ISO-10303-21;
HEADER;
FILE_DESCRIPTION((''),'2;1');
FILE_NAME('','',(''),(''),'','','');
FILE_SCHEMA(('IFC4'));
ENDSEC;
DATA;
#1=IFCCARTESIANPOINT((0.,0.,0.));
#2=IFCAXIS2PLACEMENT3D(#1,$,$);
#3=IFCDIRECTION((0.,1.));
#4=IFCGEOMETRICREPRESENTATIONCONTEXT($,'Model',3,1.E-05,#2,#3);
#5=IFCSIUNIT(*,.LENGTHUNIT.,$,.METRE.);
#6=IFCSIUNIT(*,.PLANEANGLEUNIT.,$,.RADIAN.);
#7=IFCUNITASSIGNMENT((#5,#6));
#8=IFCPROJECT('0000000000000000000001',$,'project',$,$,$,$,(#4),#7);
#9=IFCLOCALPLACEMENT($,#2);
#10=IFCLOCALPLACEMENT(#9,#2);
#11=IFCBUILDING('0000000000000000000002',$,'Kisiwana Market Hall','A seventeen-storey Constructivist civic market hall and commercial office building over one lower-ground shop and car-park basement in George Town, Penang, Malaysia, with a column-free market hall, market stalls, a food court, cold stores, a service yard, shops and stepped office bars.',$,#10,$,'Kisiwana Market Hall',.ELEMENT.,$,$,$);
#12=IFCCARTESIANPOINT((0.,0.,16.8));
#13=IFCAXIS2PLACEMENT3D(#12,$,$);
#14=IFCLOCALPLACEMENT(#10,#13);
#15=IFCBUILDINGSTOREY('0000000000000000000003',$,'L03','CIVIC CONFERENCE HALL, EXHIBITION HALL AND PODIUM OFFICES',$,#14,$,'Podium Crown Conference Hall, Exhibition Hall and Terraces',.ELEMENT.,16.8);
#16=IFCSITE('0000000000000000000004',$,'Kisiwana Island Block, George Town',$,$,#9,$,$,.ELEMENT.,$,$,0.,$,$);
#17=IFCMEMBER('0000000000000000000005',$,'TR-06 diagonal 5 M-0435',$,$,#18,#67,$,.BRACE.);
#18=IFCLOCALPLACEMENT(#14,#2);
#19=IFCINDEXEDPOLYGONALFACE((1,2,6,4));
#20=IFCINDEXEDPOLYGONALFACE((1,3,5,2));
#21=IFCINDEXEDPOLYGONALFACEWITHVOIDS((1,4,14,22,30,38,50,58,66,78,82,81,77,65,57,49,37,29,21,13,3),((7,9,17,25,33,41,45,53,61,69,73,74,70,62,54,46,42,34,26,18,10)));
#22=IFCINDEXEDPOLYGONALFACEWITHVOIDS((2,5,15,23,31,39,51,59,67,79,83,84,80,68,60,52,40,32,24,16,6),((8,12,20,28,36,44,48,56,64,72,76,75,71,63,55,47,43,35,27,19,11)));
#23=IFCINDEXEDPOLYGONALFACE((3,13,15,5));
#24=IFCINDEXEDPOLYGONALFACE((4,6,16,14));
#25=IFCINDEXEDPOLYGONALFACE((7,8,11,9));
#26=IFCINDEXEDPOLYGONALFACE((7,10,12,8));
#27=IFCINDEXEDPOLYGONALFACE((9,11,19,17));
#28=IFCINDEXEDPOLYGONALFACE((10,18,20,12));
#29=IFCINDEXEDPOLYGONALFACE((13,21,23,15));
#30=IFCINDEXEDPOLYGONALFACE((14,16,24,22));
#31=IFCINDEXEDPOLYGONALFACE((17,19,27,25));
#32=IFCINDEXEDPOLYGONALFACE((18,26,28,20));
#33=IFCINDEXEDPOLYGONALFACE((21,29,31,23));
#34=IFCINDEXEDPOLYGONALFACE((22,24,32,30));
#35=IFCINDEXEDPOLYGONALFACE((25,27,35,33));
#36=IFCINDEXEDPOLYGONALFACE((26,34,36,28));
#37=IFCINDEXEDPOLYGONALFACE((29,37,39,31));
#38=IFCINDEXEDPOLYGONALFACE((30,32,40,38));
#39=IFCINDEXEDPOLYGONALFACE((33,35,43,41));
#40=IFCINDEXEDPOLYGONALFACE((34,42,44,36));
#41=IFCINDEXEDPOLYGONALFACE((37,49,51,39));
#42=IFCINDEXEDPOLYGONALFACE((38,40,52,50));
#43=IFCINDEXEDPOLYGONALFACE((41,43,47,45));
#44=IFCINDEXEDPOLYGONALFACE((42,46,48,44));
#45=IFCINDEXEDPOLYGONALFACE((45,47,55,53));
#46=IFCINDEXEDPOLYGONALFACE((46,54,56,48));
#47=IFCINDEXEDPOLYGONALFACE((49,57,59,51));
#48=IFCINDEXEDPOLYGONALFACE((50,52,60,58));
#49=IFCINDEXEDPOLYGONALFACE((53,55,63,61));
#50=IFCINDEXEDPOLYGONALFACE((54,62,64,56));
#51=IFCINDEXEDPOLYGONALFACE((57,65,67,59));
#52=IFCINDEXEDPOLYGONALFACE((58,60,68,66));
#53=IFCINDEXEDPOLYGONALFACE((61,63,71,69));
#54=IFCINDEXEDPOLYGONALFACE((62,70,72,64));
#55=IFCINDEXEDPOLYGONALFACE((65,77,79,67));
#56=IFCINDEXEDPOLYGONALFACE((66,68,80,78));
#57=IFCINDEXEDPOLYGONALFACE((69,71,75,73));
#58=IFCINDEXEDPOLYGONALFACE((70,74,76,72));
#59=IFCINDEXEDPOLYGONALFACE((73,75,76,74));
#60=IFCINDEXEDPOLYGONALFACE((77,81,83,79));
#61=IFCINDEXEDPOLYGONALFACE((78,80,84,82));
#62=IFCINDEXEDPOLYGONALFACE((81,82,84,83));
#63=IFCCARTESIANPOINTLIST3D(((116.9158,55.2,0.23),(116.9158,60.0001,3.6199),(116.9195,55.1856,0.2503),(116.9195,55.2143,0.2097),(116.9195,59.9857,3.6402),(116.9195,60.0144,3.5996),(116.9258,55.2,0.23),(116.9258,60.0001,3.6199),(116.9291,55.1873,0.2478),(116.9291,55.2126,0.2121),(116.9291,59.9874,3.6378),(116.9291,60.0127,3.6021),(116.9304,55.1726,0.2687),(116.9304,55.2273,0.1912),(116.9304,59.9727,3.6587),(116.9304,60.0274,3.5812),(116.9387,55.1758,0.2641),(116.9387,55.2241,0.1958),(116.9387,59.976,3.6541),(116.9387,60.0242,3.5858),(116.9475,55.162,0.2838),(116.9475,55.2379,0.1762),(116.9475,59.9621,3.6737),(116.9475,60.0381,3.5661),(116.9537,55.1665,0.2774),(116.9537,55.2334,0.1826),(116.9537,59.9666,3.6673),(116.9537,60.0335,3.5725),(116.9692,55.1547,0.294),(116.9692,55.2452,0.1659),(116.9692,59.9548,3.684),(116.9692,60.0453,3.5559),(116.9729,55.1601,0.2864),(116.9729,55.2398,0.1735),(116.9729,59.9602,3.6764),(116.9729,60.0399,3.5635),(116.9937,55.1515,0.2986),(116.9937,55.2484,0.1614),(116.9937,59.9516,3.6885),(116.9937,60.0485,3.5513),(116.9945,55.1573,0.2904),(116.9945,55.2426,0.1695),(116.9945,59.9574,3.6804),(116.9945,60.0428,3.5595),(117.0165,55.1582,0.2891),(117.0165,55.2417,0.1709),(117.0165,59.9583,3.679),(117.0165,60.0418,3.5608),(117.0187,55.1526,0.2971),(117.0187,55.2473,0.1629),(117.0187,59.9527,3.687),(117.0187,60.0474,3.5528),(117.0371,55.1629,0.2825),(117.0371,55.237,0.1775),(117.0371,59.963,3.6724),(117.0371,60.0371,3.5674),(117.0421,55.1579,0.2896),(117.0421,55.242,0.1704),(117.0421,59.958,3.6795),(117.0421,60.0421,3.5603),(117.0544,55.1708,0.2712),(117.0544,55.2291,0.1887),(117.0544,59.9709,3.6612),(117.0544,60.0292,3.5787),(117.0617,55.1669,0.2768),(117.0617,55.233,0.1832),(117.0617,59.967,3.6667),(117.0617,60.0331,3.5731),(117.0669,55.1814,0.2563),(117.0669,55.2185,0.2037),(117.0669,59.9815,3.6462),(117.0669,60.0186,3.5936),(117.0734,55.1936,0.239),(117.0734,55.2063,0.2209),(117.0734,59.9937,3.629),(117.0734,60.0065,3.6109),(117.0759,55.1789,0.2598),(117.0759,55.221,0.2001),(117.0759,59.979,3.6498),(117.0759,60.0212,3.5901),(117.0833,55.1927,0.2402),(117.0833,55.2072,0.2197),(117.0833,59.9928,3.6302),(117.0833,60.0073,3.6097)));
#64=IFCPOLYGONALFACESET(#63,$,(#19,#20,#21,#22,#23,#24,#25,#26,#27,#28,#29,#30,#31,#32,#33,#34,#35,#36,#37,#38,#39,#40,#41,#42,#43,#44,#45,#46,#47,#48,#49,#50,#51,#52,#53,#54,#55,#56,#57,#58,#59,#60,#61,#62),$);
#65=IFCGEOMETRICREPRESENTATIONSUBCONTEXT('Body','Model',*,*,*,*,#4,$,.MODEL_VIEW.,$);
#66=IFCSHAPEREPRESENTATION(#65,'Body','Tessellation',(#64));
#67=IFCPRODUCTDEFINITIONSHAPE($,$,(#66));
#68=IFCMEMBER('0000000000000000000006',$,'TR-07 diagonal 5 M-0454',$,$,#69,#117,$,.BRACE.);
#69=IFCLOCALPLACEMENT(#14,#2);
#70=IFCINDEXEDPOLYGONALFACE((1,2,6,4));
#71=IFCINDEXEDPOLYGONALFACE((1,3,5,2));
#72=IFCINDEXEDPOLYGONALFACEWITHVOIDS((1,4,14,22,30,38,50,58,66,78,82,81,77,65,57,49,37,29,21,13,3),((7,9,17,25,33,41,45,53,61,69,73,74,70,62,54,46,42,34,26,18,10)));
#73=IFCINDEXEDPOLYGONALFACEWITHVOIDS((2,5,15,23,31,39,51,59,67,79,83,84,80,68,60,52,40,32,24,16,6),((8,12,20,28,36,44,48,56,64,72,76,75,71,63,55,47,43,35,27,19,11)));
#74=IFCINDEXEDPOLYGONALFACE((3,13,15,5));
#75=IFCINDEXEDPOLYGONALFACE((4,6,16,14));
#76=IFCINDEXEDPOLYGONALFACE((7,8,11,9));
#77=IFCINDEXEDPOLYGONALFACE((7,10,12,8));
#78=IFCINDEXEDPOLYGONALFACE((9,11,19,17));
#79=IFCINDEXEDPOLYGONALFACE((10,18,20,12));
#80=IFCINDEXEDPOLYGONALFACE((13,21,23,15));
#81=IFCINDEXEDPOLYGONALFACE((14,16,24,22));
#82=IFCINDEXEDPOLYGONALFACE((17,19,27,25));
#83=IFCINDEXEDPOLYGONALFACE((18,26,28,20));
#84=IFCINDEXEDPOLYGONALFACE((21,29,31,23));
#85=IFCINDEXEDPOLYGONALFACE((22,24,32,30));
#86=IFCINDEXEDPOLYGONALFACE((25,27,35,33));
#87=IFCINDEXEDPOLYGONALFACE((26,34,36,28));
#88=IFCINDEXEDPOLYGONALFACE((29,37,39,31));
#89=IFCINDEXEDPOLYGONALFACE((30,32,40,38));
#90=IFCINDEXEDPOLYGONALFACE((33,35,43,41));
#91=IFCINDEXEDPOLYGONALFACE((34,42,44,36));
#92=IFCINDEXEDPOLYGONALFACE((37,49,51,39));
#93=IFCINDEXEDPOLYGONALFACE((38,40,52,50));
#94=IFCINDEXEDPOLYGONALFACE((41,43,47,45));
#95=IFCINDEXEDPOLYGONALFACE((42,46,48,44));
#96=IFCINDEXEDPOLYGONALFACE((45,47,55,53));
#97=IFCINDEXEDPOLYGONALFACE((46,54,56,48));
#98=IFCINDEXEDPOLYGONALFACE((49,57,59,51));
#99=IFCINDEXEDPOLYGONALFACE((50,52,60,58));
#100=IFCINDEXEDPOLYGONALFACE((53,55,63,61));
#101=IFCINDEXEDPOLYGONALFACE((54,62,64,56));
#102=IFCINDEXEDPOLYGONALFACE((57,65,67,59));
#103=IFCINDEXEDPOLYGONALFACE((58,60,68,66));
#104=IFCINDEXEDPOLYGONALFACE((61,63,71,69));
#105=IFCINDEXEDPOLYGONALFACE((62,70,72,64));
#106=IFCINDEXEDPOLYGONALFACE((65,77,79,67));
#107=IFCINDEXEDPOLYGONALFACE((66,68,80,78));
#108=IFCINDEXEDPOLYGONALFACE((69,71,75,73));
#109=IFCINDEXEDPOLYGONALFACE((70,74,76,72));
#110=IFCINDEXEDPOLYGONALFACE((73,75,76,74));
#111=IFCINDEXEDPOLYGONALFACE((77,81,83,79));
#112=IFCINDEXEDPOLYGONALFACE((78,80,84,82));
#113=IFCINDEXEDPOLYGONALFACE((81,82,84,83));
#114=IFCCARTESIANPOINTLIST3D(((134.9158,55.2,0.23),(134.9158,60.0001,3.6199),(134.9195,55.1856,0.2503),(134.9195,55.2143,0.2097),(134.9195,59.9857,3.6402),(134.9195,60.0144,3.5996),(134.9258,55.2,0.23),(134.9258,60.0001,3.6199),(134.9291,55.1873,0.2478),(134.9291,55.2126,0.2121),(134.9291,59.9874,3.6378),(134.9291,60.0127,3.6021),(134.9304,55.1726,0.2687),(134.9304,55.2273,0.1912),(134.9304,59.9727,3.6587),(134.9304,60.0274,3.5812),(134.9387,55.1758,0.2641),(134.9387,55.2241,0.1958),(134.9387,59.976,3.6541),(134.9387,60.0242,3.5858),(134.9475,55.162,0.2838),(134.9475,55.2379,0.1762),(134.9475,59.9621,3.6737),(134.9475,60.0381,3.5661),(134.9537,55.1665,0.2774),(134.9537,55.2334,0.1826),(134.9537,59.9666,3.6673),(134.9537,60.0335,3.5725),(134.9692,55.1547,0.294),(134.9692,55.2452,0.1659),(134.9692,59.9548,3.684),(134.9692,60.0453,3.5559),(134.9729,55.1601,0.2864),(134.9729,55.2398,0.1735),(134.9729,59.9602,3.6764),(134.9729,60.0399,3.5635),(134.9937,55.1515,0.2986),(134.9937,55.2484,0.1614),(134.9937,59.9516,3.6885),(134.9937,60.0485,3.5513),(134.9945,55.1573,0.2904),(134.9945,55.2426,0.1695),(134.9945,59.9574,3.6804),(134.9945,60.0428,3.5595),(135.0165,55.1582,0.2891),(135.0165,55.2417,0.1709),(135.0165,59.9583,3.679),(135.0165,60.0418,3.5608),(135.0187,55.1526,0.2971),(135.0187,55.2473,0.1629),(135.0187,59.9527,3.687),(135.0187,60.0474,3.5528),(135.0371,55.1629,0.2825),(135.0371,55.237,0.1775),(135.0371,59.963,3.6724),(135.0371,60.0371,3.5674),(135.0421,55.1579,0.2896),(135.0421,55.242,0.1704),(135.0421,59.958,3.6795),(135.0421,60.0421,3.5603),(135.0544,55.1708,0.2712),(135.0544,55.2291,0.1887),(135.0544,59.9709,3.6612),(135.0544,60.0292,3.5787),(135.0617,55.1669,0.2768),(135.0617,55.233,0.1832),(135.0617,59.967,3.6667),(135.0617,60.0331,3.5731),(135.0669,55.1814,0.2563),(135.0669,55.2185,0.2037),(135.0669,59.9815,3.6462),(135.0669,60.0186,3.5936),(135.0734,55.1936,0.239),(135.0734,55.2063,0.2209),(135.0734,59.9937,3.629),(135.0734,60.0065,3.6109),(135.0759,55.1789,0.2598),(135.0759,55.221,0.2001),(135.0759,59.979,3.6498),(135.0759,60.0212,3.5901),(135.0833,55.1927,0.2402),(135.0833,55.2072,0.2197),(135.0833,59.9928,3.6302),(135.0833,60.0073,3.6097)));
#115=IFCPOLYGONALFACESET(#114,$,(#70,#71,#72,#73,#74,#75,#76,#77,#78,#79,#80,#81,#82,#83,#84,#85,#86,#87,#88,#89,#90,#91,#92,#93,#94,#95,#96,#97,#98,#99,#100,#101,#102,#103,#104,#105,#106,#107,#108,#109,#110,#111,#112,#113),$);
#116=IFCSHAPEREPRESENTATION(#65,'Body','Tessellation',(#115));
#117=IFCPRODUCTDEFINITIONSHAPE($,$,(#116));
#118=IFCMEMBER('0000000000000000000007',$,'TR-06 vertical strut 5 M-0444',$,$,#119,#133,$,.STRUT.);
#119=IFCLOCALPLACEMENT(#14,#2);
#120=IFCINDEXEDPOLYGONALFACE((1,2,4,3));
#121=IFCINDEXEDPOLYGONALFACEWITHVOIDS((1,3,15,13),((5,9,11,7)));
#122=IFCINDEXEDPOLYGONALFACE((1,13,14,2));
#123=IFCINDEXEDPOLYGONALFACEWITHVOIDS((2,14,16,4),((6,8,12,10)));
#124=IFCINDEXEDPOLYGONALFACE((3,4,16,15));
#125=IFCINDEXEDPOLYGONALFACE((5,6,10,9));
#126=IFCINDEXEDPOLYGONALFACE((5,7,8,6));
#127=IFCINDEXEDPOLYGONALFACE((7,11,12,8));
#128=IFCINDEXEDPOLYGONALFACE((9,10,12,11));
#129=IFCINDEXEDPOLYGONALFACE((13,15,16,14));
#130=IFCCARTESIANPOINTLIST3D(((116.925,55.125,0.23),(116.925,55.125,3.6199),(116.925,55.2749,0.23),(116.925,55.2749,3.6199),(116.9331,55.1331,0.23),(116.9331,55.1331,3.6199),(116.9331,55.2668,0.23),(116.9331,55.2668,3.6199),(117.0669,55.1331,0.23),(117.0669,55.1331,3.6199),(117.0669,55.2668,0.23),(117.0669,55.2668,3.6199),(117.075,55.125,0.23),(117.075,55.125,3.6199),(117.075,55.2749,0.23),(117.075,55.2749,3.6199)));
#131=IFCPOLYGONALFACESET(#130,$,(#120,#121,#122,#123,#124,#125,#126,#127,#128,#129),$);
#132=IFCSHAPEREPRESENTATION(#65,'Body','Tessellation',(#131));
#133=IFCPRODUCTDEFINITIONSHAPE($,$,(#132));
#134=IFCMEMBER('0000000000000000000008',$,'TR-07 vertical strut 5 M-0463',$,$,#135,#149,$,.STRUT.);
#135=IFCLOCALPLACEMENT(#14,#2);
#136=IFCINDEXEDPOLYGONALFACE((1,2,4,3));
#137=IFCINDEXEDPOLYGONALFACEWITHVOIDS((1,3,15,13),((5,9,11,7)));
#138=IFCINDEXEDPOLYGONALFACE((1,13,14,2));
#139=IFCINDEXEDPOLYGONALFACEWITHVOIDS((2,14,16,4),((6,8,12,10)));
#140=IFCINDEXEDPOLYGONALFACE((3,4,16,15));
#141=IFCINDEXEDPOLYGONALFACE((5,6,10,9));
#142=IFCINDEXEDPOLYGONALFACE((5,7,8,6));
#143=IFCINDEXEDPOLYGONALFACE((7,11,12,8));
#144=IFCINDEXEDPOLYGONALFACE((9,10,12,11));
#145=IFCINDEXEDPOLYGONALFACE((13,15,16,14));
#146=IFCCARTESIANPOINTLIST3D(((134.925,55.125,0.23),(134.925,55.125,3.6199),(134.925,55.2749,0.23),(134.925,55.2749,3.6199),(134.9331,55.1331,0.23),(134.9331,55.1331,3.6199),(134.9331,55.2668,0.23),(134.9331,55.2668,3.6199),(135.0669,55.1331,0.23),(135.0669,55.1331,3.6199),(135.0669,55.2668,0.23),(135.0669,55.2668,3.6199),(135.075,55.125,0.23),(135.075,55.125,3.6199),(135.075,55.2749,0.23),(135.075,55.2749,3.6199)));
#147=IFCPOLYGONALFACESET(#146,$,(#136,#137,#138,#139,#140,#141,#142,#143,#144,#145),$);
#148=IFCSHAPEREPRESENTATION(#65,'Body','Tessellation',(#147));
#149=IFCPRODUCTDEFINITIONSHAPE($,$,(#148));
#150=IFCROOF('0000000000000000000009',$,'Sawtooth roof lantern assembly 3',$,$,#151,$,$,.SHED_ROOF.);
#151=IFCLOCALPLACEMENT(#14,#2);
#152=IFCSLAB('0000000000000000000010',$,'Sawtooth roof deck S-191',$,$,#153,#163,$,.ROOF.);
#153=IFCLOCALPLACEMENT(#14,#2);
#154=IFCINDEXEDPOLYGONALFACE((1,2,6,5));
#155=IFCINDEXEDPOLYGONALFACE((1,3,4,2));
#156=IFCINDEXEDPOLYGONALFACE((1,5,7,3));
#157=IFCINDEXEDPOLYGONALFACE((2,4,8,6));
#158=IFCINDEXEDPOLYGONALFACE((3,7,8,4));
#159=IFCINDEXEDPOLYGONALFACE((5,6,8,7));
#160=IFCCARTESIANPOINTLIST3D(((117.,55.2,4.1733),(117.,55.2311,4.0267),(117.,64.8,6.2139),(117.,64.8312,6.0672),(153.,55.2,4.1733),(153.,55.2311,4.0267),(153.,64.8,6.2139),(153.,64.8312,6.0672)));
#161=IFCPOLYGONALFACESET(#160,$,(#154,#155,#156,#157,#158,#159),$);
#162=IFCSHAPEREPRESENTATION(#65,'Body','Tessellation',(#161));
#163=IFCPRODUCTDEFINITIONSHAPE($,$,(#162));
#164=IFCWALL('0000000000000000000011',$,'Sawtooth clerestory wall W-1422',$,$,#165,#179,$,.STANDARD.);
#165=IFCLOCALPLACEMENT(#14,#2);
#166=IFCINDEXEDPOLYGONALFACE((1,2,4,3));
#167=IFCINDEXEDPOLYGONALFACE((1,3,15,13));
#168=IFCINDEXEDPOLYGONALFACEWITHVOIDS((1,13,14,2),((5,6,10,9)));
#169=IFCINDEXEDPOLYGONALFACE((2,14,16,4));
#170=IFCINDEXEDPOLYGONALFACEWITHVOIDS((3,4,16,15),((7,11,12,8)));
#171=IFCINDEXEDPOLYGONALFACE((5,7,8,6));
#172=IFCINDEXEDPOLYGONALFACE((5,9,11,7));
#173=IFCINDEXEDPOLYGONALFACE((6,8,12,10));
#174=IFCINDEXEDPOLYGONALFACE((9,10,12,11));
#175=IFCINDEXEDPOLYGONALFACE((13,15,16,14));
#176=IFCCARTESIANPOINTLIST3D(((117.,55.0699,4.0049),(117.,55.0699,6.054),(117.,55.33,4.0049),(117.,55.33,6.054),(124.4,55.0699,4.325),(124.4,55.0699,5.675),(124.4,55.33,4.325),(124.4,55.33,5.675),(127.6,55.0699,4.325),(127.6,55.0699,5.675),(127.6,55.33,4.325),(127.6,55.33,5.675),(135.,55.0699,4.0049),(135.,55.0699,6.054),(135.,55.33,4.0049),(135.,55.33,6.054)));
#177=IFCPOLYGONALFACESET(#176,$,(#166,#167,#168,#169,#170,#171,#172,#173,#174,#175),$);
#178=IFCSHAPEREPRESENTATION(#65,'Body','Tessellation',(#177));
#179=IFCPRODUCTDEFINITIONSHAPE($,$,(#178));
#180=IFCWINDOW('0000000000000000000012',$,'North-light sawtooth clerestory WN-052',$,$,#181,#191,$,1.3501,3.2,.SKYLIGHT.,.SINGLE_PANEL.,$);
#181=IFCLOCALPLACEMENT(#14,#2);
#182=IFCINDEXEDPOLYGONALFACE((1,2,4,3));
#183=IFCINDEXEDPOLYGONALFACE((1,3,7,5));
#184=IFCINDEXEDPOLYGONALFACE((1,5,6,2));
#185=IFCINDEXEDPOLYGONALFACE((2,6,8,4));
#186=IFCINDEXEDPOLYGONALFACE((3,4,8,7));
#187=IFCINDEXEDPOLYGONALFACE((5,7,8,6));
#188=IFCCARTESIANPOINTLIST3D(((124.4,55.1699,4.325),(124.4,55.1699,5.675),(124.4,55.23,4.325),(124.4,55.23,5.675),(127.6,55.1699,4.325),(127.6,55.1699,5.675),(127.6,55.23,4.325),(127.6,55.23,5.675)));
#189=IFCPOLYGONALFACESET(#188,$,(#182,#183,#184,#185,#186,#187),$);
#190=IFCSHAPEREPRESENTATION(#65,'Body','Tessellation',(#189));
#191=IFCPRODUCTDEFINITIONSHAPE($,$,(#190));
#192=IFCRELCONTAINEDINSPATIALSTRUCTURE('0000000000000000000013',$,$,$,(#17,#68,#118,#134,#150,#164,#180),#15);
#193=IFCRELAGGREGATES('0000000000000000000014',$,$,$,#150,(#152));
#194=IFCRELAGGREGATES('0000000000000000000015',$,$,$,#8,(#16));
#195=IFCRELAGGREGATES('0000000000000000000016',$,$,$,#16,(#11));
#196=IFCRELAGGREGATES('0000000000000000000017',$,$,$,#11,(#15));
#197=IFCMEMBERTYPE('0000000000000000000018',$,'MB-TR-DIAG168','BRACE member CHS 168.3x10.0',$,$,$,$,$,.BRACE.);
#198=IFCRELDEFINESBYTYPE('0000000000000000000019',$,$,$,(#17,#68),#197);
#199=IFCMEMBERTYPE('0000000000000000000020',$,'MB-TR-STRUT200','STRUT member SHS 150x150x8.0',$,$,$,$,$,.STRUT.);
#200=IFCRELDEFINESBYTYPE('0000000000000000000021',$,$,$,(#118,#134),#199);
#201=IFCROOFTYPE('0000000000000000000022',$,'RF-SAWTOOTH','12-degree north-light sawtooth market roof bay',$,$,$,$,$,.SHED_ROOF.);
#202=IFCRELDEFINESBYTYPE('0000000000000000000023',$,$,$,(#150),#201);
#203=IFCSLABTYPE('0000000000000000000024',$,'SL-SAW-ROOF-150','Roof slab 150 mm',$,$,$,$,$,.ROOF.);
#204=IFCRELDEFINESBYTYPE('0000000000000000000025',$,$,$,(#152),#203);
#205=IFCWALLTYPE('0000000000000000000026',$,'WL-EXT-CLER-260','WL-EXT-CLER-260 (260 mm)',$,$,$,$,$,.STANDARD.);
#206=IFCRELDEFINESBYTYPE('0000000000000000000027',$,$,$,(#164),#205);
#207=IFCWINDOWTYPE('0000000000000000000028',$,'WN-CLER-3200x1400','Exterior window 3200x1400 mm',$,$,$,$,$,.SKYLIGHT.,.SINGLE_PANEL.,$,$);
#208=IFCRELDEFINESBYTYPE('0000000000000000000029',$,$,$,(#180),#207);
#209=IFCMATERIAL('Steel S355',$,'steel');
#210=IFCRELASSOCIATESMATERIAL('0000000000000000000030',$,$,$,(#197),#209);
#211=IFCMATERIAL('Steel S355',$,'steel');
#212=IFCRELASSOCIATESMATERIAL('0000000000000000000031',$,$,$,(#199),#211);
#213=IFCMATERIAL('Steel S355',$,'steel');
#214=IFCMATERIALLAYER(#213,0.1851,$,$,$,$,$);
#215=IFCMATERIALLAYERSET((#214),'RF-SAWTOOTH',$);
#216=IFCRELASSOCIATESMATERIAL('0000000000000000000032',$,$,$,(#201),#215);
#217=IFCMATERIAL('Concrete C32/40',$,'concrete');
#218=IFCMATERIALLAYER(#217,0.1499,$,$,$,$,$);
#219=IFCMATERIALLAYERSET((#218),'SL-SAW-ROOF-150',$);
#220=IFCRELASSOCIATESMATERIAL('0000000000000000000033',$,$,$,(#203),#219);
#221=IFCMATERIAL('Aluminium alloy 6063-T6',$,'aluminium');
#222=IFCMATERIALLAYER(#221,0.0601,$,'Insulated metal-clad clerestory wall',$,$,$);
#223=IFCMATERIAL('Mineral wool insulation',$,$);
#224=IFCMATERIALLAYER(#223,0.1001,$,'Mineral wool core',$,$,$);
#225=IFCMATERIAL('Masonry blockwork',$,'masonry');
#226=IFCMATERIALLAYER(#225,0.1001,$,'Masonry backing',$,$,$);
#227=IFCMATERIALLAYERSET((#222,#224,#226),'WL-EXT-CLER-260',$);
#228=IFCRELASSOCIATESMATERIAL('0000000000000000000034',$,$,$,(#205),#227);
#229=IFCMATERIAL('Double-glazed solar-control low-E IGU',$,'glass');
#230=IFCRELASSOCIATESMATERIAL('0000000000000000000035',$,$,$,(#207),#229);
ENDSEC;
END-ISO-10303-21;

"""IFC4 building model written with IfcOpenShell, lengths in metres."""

from ifc_helpers import new_model, si_unit, direction, frame, frame_2d, origin, origin_2d, place, context, subcontext, project, spatial, polyline, rectangle, hollow_rectangle, hollow_circle, outline, extrude, material, layer, layer_set, material_profile, profile_set, type_object, element, fill, aggregate, save


model = new_model("IFC4")

# Units and contexts
model_context = context("Model", 3, precision=1e-05, world=origin(), true_north=direction((0.0, 1.0)))
body_context = subcontext(model_context, "Body", "Model", "MODEL_VIEW")
ifc_project = project(units=[si_unit("LENGTHUNIT", "METRE"), si_unit("PLANEANGLEUNIT", "RADIAN")], contexts=[model_context])

# Site, building, storey
site_placement = place(None, origin())
site = spatial("IfcSite", under=ifc_project, at=site_placement, Name="Kisiwana Island Block, George Town", CompositionType="ELEMENT", RefElevation=0.0)
building_placement = place(site_placement, origin())
building = spatial("IfcBuilding", under=site, at=building_placement, Name="Kisiwana Market Hall", Description="A seventeen-storey Constructivist civic market hall and commercial office building over one lower-ground shop and car-park basement in George Town, Penang, Malaysia, with a column-free market hall, market stalls, a food court, cold stores, a service yard, shops and stepped office bars.", LongName="Kisiwana Market Hall", CompositionType="ELEMENT")
storey_placement = place(building_placement, frame((0.0, 0.0, 16.8)))
storey = spatial("IfcBuildingStorey", under=building, at=storey_placement, Name="L03", Description="CIVIC CONFERENCE HALL, EXHIBITION HALL AND PODIUM OFFICES", LongName="Podium Crown Conference Hall, Exhibition Hall and Terraces", CompositionType="ELEMENT", Elevation=16.8)

# Members
ifc_material_1 = material(Name="Steel S355", Category="steel")
ifc_material_profile_1 = material_profile(ifc_material_1, hollow_circle(Radius=0.0842, WallThickness=0.01, at=origin_2d()), Name="CHS 168.3x10.0")
ifc_profile_set_1 = profile_set([ifc_material_profile_1], Name="Steel S355")
member_type_1 = type_object("IfcMemberType", Name="MB-TR-DIAG168", Description="BRACE member CHS 168.3x10.0", PredefinedType="BRACE", material=ifc_profile_set_1)
for number, where, z_axis, x_axis, name in (
    (1, (117.0, 55.2, 0.23), (0.0, 0.816838, 0.576868), (-1.0, 0.0, 0.0), "TR-06 diagonal 5 M-0435"),
    (2, (135.0, 55.2, 0.23), (0.0, 0.816838, 0.576868), (-1.0, 0.0, 0.0), "TR-07 diagonal 5 M-0454"),
):
    element("IfcMember", number, at=place(storey_placement, frame(where, z_axis=z_axis, x_axis=x_axis)), inside=storey, type_object=member_type_1, Name=name, PredefinedType="BRACE", context=body_context, shape_type="SweptSolid", body=[
        extrude(hollow_circle(Radius=0.0842, WallThickness=0.01, at=origin_2d()), origin(), (0.0, 0.0, 1.0), 5.8765),
    ])
ifc_material_2 = material(Name="Steel S355", Category="steel")
ifc_material_profile_2 = material_profile(ifc_material_2, hollow_rectangle(XDim=0.1499, YDim=0.1499, WallThickness=0.0081, at=origin_2d()), Name="SHS 150x150x8.0")
ifc_profile_set_2 = profile_set([ifc_material_profile_2], Name="Steel S355")
member_type_2 = type_object("IfcMemberType", Name="MB-TR-STRUT200", Description="STRUT member SHS 150x150x8.0", PredefinedType="STRUT", material=ifc_profile_set_2)
for number, where, z_axis, x_axis, name in (
    (3, (117.0, 55.2, 0.23), (0.0, 0.0, 1.0), (1.0, 0.0, 0.0), "TR-06 vertical strut 5 M-0444"),
    (4, (135.0, 55.2, 0.23), (0.0, 0.0, 1.0), (1.0, 0.0, 0.0), "TR-07 vertical strut 5 M-0463"),
):
    element("IfcMember", number, at=place(storey_placement, frame(where, z_axis=z_axis, x_axis=x_axis)), inside=storey, type_object=member_type_2, Name=name, PredefinedType="STRUT", context=body_context, shape_type="SweptSolid", body=[
        extrude(hollow_rectangle(XDim=0.1499, YDim=0.1499, WallThickness=0.0081, at=origin_2d()), origin(), (0.0, 0.0, 1.0), 3.3899),
    ])

# Roof, slab
ifc_material_3 = material(Name="Steel S355", Category="steel")
ifc_layer_1 = layer(ifc_material_3, 0.1851)
ifc_layer_set_1 = layer_set([ifc_layer_1], Name="RF-SAWTOOTH")
roof_type = type_object("IfcRoofType", Name="RF-SAWTOOTH", Description="12-degree north-light sawtooth market roof bay", PredefinedType="SHED_ROOF", material=ifc_layer_set_1)
roof_placement = place(storey_placement, origin())
roof = element("IfcRoof", 5, at=roof_placement, inside=storey, type_object=roof_type, Name="Sawtooth roof lantern assembly 3", PredefinedType="SHED_ROOF")
ifc_material_4 = material(Name="Concrete C32/40", Category="concrete")
ifc_layer_2 = layer(ifc_material_4, 0.1499)
ifc_layer_set_2 = layer_set([ifc_layer_2], Name="SL-SAW-ROOF-150")
slab_type = type_object("IfcSlabType", Name="SL-SAW-ROOF-150", Description="Roof slab 150 mm", PredefinedType="ROOF", material=ifc_layer_set_2)
slab_placement = place(storey_placement, frame((117.0, 55.2, 4.1733), z_axis=(0.0, -0.207908, 0.978148), x_axis=(1.0, 0.0, 0.0)))
slab = element("IfcSlab", 6, at=slab_placement, type_object=slab_type, Name="Sawtooth roof deck S-191", PredefinedType="ROOF", context=body_context, shape_type="SweptSolid", body=[
    extrude(outline(polyline([(0.0, 0.0), (36.0, 0.0), (36.0, 9.8146), (0.0, 9.8146), (0.0, 0.0)])), origin(), (0.0, 0.0, -1.0), 0.1499),
])
aggregate(roof, [slab])

# Wall, opening, window
ifc_material_5 = material(Name="Aluminium alloy 6063-T6", Category="aluminium")
ifc_layer_3 = layer(ifc_material_5, 0.0601, Name="Insulated metal-clad clerestory wall")
ifc_material_6 = material(Name="Mineral wool insulation")
ifc_layer_4 = layer(ifc_material_6, 0.1001, Name="Mineral wool core")
ifc_material_7 = material(Name="Masonry blockwork", Category="masonry")
ifc_layer_5 = layer(ifc_material_7, 0.1001, Name="Masonry backing")
ifc_layer_set_3 = layer_set([ifc_layer_3, ifc_layer_4, ifc_layer_5], Name="WL-EXT-CLER-260")
wall_type = type_object("IfcWallType", Name="WL-EXT-CLER-260", Description="WL-EXT-CLER-260 (260 mm)", PredefinedType="STANDARD", material=ifc_layer_set_3)
wall_1_placement = place(storey_placement, frame((117.0, 55.2, 4.0049), z_axis=(0.0, 0.0, 1.0), x_axis=(1.0, 0.0, 0.0)))
wall_1 = element("IfcWall", 7, at=wall_1_placement, inside=storey, type_object=wall_type, Name="Sawtooth clerestory wall W-1422", PredefinedType="STANDARD", context=body_context, shape_type="SweptSolid", body=[
    extrude(rectangle(XDim=18.0, YDim=0.26, at=frame_2d((9.0, 0.0))), origin(), (0.0, 0.0, 1.0), 2.0491),
])
opening_1_placement = place(wall_1_placement, frame((7.3999, 0.0, 0.3201)))
opening_1 = element("IfcOpeningElement", 8, at=opening_1_placement, cuts=wall_1, PredefinedType="OPENING", context=body_context, shape_type="SweptSolid", body=[
    extrude(rectangle(XDim=3.2, YDim=1.3501, at=frame_2d((1.6001, 0.675))), frame((0.0, 0.1421, 0.0), z_axis=(0.0, -1.0, 0.0), x_axis=(1.0, 0.0, 0.0)), (0.0, 0.0, 1.0), 0.2839),
])
ifc_material_8 = material(Name="Double-glazed solar-control low-E IGU", Category="glass")
window_type_1 = type_object("IfcWindowType", Name="WN-CLER-3200x1400", Description="Exterior window 3200x1400 mm", PartitioningType="SINGLE_PANEL", PredefinedType="SKYLIGHT", material=ifc_material_8)
window_1_placement = place(opening_1_placement, origin())
window_1 = element("IfcWindow", 9, at=window_1_placement, inside=storey, type_object=window_type_1, Name="North-light sawtooth clerestory WN-052", OverallHeight=1.3501, OverallWidth=3.2, PartitioningType="SINGLE_PANEL", PredefinedType="SKYLIGHT", context=body_context, shape_type="SweptSolid", body=[
    extrude(rectangle(XDim=3.2, YDim=1.3501, at=frame_2d((1.6001, 0.675))), frame((0.0, 0.03, 0.0), z_axis=(0.0, -1.0, 0.0), x_axis=(1.0, 0.0, 0.0)), (0.0, 0.0, 1.0), 0.0601),
])
fill(opening_1, window_1)

save(model, "model.ifc")
